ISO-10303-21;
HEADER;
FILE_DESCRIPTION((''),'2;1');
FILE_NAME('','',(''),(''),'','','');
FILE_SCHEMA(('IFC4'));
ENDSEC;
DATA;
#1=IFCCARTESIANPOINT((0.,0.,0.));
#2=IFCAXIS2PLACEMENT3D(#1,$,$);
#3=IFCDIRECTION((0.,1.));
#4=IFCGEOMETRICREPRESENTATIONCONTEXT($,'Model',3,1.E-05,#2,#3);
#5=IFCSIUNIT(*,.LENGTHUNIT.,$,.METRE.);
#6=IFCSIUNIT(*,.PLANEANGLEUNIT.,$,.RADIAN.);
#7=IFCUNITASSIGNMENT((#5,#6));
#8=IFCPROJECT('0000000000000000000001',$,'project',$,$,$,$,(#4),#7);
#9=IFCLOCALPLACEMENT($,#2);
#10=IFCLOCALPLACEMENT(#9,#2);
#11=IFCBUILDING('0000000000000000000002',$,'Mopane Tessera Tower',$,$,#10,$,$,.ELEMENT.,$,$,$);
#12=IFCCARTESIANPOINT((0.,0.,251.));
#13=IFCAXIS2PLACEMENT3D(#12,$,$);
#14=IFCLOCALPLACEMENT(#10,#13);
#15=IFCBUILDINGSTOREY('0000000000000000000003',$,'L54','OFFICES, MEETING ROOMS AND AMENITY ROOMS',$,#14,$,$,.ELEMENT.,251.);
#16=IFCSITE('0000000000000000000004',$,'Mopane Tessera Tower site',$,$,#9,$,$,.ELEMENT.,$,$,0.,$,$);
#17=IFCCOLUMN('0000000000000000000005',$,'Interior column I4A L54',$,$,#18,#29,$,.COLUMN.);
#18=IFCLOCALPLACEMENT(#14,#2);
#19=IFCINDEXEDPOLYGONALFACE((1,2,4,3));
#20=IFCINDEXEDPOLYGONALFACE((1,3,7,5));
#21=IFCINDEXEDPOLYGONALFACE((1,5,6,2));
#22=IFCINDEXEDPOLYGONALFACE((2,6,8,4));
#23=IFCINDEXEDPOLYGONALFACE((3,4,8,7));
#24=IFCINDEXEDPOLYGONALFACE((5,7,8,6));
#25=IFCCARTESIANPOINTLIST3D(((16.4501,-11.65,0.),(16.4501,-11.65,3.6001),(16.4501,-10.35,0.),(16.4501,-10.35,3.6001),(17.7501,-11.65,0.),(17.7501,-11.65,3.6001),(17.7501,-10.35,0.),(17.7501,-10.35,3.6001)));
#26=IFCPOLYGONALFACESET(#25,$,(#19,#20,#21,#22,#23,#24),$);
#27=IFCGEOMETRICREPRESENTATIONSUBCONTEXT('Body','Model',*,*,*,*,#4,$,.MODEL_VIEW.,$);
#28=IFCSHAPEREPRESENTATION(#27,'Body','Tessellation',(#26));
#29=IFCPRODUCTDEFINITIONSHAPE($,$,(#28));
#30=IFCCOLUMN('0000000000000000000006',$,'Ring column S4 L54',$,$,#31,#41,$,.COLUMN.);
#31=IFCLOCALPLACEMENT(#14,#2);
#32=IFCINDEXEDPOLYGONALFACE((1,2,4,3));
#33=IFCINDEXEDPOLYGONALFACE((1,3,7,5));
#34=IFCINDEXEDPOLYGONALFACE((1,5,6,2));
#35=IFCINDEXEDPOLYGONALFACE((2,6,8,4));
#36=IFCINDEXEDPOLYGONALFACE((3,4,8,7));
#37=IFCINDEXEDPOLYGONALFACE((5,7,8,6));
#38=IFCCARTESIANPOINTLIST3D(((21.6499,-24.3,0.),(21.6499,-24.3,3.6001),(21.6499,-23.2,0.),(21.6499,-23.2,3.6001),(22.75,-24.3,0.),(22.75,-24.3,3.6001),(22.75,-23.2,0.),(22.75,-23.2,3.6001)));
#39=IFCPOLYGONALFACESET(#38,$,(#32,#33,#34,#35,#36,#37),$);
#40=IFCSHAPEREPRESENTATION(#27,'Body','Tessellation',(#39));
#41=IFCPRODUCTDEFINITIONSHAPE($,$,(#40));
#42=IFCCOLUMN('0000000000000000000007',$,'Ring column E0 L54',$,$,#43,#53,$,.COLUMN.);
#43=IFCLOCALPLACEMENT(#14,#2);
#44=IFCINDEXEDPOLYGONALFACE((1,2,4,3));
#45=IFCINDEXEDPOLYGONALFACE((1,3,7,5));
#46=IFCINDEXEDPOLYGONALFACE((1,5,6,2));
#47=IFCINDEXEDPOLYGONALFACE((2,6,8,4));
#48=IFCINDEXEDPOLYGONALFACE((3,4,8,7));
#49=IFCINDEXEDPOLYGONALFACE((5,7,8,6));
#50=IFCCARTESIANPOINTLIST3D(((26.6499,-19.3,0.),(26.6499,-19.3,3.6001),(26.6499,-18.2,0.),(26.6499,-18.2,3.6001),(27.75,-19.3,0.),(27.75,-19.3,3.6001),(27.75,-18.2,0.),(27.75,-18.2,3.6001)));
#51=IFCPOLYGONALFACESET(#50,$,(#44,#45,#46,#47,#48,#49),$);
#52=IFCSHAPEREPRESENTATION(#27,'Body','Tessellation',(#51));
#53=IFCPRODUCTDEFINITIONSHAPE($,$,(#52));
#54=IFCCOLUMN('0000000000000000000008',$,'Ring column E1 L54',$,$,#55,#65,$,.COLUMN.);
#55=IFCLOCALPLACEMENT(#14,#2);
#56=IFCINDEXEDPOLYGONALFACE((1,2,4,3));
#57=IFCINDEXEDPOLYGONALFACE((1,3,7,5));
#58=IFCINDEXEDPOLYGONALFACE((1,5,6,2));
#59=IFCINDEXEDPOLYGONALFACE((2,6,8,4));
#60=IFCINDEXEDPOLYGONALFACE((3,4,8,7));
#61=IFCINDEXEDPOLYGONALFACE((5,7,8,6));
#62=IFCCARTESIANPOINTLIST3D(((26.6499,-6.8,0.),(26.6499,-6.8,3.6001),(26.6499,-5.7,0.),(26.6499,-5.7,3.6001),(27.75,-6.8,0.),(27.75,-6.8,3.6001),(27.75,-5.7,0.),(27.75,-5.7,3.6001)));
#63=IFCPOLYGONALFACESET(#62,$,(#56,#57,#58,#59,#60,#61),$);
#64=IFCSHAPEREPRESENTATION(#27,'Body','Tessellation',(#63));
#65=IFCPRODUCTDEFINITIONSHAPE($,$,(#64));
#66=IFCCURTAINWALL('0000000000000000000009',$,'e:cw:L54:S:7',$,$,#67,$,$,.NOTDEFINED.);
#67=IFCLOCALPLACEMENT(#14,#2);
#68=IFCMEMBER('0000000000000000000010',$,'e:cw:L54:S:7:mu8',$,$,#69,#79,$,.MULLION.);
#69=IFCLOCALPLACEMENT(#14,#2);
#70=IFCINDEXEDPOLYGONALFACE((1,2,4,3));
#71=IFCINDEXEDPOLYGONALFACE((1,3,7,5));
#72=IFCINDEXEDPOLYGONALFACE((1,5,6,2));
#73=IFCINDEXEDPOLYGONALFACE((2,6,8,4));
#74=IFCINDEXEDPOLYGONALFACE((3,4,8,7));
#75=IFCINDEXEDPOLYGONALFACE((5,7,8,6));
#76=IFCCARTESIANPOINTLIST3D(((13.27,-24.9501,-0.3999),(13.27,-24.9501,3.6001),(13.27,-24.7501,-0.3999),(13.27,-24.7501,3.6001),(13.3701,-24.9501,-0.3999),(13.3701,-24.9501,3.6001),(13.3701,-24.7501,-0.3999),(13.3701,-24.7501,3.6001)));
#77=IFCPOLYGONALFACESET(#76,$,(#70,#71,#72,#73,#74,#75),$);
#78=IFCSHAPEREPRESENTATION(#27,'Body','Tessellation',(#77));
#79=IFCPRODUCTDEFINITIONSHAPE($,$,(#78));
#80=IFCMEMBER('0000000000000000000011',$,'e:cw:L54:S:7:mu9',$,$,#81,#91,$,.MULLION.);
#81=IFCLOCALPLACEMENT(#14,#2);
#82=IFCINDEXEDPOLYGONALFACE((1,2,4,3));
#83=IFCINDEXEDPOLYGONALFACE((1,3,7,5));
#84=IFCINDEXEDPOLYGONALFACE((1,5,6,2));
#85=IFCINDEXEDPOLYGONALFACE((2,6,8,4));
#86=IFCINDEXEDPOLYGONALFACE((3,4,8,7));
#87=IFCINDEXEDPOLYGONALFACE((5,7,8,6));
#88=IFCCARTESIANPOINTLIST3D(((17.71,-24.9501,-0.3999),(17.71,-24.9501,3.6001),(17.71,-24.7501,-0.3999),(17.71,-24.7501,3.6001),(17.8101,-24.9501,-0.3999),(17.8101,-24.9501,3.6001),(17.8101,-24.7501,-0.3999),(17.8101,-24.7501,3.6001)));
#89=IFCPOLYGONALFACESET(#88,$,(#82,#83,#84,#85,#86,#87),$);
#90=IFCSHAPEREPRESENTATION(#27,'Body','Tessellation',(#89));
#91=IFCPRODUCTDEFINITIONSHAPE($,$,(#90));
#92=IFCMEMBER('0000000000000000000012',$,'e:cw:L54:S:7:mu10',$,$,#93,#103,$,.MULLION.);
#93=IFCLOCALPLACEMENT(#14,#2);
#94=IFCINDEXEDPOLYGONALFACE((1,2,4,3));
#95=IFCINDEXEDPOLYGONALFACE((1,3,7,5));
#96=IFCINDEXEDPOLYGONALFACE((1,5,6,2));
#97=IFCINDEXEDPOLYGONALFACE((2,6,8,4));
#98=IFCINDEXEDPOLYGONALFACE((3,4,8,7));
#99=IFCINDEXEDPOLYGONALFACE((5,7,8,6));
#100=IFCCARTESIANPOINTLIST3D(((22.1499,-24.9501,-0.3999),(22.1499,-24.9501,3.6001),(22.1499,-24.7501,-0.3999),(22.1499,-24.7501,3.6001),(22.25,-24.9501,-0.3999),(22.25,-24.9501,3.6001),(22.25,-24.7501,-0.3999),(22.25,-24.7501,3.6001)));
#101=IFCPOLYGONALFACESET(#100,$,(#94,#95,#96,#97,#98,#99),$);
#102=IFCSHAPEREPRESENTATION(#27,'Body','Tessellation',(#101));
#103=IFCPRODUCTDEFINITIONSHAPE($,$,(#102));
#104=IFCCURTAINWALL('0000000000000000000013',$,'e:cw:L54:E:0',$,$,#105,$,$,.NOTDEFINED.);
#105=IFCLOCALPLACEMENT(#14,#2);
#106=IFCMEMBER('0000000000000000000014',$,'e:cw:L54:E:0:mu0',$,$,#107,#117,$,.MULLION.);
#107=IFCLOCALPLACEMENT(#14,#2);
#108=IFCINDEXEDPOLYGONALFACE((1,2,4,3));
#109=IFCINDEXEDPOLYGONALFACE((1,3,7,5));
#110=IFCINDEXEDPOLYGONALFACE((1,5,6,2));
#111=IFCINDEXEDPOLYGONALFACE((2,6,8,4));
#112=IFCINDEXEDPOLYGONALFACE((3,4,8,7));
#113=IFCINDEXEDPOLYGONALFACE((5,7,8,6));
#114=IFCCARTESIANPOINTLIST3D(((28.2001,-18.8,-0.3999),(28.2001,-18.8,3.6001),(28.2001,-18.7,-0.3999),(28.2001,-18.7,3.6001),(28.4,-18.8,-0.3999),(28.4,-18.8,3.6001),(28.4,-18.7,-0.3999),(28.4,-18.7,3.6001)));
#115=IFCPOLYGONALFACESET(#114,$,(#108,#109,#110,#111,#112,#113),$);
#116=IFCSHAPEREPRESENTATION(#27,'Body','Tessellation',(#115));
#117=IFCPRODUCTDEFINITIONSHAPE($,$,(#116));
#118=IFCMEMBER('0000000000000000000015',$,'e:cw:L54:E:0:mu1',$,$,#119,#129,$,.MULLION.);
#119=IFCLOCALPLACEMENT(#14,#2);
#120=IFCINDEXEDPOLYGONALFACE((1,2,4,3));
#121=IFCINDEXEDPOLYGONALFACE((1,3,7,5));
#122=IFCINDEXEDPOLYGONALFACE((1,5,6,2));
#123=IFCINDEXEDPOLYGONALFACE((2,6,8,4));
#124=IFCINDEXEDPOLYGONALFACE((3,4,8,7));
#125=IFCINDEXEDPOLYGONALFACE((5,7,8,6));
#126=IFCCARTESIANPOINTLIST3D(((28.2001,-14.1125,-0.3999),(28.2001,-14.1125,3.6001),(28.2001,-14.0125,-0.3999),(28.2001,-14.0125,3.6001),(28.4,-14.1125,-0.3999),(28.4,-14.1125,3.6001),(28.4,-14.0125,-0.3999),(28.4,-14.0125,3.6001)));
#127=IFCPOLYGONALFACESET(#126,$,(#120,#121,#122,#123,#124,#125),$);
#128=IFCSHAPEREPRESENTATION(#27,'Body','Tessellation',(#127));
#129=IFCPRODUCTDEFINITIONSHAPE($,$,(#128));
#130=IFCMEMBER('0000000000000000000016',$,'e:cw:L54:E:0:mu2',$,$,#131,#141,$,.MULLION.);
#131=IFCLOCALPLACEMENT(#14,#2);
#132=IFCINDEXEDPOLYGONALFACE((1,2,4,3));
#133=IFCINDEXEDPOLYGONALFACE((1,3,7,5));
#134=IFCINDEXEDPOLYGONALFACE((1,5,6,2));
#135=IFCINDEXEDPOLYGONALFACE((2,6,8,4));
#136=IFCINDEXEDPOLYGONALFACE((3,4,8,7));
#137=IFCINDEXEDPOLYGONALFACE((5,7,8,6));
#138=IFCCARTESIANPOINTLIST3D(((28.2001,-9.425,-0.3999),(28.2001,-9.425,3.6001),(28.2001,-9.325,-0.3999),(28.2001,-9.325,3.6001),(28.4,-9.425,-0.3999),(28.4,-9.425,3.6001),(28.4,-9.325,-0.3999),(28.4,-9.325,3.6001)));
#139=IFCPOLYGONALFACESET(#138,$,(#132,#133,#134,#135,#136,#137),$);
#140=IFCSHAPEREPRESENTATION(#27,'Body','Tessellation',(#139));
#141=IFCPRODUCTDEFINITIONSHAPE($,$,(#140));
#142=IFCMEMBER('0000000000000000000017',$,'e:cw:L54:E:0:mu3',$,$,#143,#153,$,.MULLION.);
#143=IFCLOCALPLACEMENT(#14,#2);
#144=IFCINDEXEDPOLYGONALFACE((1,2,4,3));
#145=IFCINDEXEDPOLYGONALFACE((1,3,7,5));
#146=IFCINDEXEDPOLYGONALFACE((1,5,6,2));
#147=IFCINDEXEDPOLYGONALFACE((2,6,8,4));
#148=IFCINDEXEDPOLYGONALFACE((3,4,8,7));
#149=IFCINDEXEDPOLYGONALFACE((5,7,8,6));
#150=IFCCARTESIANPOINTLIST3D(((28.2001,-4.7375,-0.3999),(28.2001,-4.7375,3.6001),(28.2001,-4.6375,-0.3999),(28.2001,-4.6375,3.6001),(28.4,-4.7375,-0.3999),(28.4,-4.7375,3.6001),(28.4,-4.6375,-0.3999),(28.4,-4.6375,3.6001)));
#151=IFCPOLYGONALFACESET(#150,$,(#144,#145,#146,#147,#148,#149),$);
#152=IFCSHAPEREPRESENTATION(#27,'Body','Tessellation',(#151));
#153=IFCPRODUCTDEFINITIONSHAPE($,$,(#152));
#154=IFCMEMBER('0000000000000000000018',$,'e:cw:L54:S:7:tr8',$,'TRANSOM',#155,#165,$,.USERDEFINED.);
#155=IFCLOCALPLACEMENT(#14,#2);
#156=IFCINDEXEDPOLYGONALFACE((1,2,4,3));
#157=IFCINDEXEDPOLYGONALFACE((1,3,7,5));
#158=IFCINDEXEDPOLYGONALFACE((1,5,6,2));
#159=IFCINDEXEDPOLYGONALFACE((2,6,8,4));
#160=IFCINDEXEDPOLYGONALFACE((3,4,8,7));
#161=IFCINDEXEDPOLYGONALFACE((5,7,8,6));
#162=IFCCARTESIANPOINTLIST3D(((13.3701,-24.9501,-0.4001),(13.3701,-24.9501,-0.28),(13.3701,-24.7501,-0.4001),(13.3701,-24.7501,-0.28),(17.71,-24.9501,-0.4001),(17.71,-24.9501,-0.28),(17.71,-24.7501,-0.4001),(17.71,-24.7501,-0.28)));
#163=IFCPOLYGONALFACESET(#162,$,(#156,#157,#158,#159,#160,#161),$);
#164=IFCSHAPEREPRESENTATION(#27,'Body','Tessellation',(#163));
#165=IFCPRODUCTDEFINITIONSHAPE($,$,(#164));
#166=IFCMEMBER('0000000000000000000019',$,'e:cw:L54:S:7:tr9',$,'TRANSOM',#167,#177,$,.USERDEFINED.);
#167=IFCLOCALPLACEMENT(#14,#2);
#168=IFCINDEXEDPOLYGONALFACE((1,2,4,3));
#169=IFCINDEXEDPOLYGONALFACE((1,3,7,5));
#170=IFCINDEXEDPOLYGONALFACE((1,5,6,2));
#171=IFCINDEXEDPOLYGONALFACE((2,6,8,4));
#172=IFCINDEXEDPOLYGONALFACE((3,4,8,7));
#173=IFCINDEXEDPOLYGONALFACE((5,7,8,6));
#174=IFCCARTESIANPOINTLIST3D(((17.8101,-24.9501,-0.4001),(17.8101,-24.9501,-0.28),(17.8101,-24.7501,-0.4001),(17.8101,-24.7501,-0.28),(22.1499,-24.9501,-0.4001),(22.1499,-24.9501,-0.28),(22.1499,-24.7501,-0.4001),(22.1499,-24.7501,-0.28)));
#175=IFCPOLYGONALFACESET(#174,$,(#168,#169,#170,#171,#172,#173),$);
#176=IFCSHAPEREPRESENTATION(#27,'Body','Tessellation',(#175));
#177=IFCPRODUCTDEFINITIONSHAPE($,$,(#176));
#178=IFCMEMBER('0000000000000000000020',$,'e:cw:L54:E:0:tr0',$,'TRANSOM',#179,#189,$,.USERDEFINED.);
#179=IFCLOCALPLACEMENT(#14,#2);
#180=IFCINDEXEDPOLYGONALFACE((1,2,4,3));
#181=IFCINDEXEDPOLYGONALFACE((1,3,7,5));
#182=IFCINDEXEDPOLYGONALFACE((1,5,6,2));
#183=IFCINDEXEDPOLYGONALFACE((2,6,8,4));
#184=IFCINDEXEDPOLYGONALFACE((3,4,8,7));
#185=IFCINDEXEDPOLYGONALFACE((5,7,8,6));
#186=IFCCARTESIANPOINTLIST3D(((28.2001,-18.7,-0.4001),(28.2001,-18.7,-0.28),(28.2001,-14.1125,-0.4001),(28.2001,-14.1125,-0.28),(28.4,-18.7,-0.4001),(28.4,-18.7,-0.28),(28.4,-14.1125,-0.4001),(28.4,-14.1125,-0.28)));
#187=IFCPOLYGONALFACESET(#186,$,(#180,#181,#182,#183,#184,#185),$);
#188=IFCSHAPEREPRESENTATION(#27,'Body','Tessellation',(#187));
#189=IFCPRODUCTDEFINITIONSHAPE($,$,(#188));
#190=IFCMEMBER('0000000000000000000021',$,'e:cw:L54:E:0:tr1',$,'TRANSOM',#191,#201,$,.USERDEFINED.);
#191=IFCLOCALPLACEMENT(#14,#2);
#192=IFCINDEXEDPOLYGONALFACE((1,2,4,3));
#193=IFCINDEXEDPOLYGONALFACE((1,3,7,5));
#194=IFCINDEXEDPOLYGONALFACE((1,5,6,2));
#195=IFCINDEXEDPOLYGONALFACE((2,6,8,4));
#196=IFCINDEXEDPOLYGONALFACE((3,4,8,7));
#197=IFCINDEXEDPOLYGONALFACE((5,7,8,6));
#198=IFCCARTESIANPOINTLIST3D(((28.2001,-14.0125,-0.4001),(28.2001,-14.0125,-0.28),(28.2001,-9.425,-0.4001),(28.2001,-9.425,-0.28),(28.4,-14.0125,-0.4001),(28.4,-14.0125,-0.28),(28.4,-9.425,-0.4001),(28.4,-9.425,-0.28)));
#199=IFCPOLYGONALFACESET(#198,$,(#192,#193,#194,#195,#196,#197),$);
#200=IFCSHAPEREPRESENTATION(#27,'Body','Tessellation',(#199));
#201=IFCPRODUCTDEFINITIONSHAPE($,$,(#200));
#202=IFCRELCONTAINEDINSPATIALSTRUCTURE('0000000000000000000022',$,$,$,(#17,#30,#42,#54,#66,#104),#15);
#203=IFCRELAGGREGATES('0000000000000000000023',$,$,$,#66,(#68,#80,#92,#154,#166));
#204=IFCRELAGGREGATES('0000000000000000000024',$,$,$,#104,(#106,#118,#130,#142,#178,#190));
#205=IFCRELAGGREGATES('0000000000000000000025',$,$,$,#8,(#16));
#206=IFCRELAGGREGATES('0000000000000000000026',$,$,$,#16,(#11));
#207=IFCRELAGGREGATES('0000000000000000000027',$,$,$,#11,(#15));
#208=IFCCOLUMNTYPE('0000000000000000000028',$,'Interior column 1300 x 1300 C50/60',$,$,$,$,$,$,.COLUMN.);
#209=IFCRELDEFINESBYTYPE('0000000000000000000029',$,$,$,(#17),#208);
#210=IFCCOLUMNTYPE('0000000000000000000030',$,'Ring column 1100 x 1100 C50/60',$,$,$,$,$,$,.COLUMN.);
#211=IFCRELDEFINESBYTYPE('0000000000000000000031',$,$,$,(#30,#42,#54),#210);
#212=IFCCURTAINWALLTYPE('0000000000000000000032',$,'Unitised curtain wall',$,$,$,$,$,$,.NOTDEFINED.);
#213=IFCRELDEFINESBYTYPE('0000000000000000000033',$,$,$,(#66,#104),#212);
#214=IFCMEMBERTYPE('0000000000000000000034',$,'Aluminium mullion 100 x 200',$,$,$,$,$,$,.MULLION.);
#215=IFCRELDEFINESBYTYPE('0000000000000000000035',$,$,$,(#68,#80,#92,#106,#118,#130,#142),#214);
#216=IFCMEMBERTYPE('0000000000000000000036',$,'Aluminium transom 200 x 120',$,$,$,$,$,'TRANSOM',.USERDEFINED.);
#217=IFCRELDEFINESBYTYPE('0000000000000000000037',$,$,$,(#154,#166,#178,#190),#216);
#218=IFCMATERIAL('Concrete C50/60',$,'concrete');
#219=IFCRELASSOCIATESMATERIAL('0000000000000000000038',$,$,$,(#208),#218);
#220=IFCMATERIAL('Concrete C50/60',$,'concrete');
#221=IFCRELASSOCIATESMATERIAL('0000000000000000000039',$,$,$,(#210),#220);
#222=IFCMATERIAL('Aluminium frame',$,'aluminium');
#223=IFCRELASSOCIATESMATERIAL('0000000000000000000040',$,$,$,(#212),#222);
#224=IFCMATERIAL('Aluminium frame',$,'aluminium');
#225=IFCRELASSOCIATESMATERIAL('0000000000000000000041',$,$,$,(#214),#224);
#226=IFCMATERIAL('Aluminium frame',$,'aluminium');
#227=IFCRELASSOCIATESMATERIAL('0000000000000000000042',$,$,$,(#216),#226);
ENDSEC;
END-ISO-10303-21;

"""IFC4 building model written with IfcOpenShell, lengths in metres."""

from ifc_helpers import new_model, si_unit, direction, frame, origin, origin_2d, place, context, subcontext, project, spatial, rectangle, extrude, material, material_profile, profile_set, type_object, element, aggregate, save


model = new_model("IFC4")

# Units and contexts
model_context = context("Model", 3, precision=1e-05, world=origin(), true_north=direction((0.0, 1.0)))
body_context = subcontext(model_context, "Body", "Model", "MODEL_VIEW")
ifc_project = project(units=[si_unit("LENGTHUNIT", "METRE"), si_unit("PLANEANGLEUNIT", "RADIAN")], contexts=[model_context])

# Site, building, storey
site_placement = place(None, origin())
site = spatial("IfcSite", under=ifc_project, at=site_placement, Name="Mopane Tessera Tower site", CompositionType="ELEMENT", RefElevation=0.0)
building_placement = place(site_placement, origin())
building = spatial("IfcBuilding", under=site, at=building_placement, Name="Mopane Tessera Tower", CompositionType="ELEMENT")
storey_placement = place(building_placement, frame((0.0, 0.0, 251.0)))
storey = spatial("IfcBuildingStorey", under=building, at=storey_placement, Name="L54", Description="OFFICES, MEETING ROOMS AND AMENITY ROOMS", CompositionType="ELEMENT", Elevation=251.0)

# Columns
ifc_material_1 = material(Name="Concrete C50/60", Category="concrete")
ifc_material_profile_1 = material_profile(ifc_material_1, rectangle(XDim=1.3, YDim=1.3, at=origin_2d()))
ifc_profile_set_1 = profile_set([ifc_material_profile_1], Name="Concrete C50/60")
column_type_1 = type_object("IfcColumnType", Name="Interior column 1300 x 1300 C50/60", PredefinedType="COLUMN", material=ifc_profile_set_1)
column_placement = place(storey_placement, frame((17.1001, -11.0, 0.0), z_axis=(0.0, 0.0, 1.0), x_axis=(1.0, 0.0, 0.0)))
element("IfcColumn", 1, at=column_placement, inside=storey, type_object=column_type_1, Name="Interior column I4A L54", PredefinedType="COLUMN", context=body_context, shape_type="SweptSolid", body=[
    extrude(rectangle(XDim=1.3, YDim=1.3, at=origin_2d()), origin(), (0.0, 0.0, 1.0), 3.6001),
])
ifc_material_2 = material(Name="Concrete C50/60", Category="concrete")
ifc_material_profile_2 = material_profile(ifc_material_2, rectangle(XDim=1.1001, YDim=1.1001, at=origin_2d()))
ifc_profile_set_2 = profile_set([ifc_material_profile_2], Name="Concrete C50/60")
column_type_2 = type_object("IfcColumnType", Name="Ring column 1100 x 1100 C50/60", PredefinedType="COLUMN", material=ifc_profile_set_2)
for number, where, z_axis, x_axis, name in (
    (2, (22.2, -23.75, 0.0), (0.0, 0.0, 1.0), (1.0, 0.0, 0.0), "Ring column S4 L54"),
    (3, (27.2, -18.75, 0.0), (0.0, 0.0, 1.0), (1.0, 0.0, 0.0), "Ring column E0 L54"),
    (4, (27.2, -6.25, 0.0), (0.0, 0.0, 1.0), (1.0, 0.0, 0.0), "Ring column E1 L54"),
):
    element("IfcColumn", number, at=place(storey_placement, frame(where, z_axis=z_axis, x_axis=x_axis)), inside=storey, type_object=column_type_2, Name=name, PredefinedType="COLUMN", context=body_context, shape_type="SweptSolid", body=[
        extrude(rectangle(XDim=1.1001, YDim=1.1001, at=origin_2d()), origin(), (0.0, 0.0, 1.0), 3.6001),
    ])

# Curtain walls, members
ifc_material_3 = material(Name="Aluminium frame", Category="aluminium")
curtain_wall_type = type_object("IfcCurtainWallType", Name="Unitised curtain wall", PredefinedType="NOTDEFINED", material=ifc_material_3)
curtain_wall_1_placement = place(storey_placement, origin())
curtain_wall_1 = element("IfcCurtainWall", 5, at=curtain_wall_1_placement, inside=storey, type_object=curtain_wall_type, Name="e:cw:L54:S:7", PredefinedType="NOTDEFINED")
ifc_material_4 = material(Name="Aluminium frame", Category="aluminium")
ifc_material_profile_3 = material_profile(ifc_material_4, rectangle(XDim=0.1001, YDim=0.2, at=origin_2d()))
ifc_profile_set_3 = profile_set([ifc_material_profile_3], Name="Aluminium frame")
member_type_1 = type_object("IfcMemberType", Name="Aluminium mullion 100 x 200", PredefinedType="MULLION", material=ifc_profile_set_3)
member_1_placement = place(storey_placement, frame((13.3201, -24.8501, -0.3999), z_axis=(0.0, 0.0, 1.0), x_axis=(1.0, 0.0, 0.0)))
member_1 = element("IfcMember", 6, at=member_1_placement, type_object=member_type_1, Name="e:cw:L54:S:7:mu8", PredefinedType="MULLION", context=body_context, shape_type="SweptSolid", body=[
    extrude(rectangle(XDim=0.1001, YDim=0.2, at=origin_2d()), origin(), (0.0, 0.0, 1.0), 4.0),
])
member_2_placement = place(storey_placement, frame((17.76, -24.8501, -0.3999), z_axis=(0.0, 0.0, 1.0), x_axis=(1.0, 0.0, 0.0)))
member_2 = element("IfcMember", 7, at=member_2_placement, type_object=member_type_1, Name="e:cw:L54:S:7:mu9", PredefinedType="MULLION", context=body_context, shape_type="SweptSolid", body=[
    extrude(rectangle(XDim=0.1001, YDim=0.2, at=origin_2d()), origin(), (0.0, 0.0, 1.0), 4.0),
])
member_3_placement = place(storey_placement, frame((22.2, -24.8501, -0.3999), z_axis=(0.0, 0.0, 1.0), x_axis=(1.0, 0.0, 0.0)))
member_3 = element("IfcMember", 8, at=member_3_placement, type_object=member_type_1, Name="e:cw:L54:S:7:mu10", PredefinedType="MULLION", context=body_context, shape_type="SweptSolid", body=[
    extrude(rectangle(XDim=0.1001, YDim=0.2, at=origin_2d()), origin(), (0.0, 0.0, 1.0), 4.0),
])
curtain_wall_2_placement = place(storey_placement, origin())
curtain_wall_2 = element("IfcCurtainWall", 9, at=curtain_wall_2_placement, inside=storey, type_object=curtain_wall_type, Name="e:cw:L54:E:0", PredefinedType="NOTDEFINED")
member_4_placement = place(storey_placement, frame((28.3, -18.75, -0.3999), z_axis=(0.0, 0.0, 1.0), x_axis=(0.0, 1.0, 0.0)))
member_4 = element("IfcMember", 10, at=member_4_placement, type_object=member_type_1, Name="e:cw:L54:E:0:mu0", PredefinedType="MULLION", context=body_context, shape_type="SweptSolid", body=[
    extrude(rectangle(XDim=0.1001, YDim=0.2, at=origin_2d()), origin(), (0.0, 0.0, 1.0), 4.0),
])
member_5_placement = place(storey_placement, frame((28.3, -14.0625, -0.3999), z_axis=(0.0, 0.0, 1.0), x_axis=(0.0, 1.0, 0.0)))
member_5 = element("IfcMember", 11, at=member_5_placement, type_object=member_type_1, Name="e:cw:L54:E:0:mu1", PredefinedType="MULLION", context=body_context, shape_type="SweptSolid", body=[
    extrude(rectangle(XDim=0.1001, YDim=0.2, at=origin_2d()), origin(), (0.0, 0.0, 1.0), 4.0),
])
member_6_placement = place(storey_placement, frame((28.3, -9.375, -0.3999), z_axis=(0.0, 0.0, 1.0), x_axis=(0.0, 1.0, 0.0)))
member_6 = element("IfcMember", 12, at=member_6_placement, type_object=member_type_1, Name="e:cw:L54:E:0:mu2", PredefinedType="MULLION", context=body_context, shape_type="SweptSolid", body=[
    extrude(rectangle(XDim=0.1001, YDim=0.2, at=origin_2d()), origin(), (0.0, 0.0, 1.0), 4.0),
])
member_7_placement = place(storey_placement, frame((28.3, -4.6875, -0.3999), z_axis=(0.0, 0.0, 1.0), x_axis=(0.0, 1.0, 0.0)))
member_7 = element("IfcMember", 13, at=member_7_placement, type_object=member_type_1, Name="e:cw:L54:E:0:mu3", PredefinedType="MULLION", context=body_context, shape_type="SweptSolid", body=[
    extrude(rectangle(XDim=0.1001, YDim=0.2, at=origin_2d()), origin(), (0.0, 0.0, 1.0), 4.0),
])

# Members
ifc_material_5 = material(Name="Aluminium frame", Category="aluminium")
ifc_material_profile_4 = material_profile(ifc_material_5, rectangle(XDim=0.2, YDim=0.1201, at=origin_2d()))
ifc_profile_set_4 = profile_set([ifc_material_profile_4], Name="Aluminium frame")
member_type_2 = type_object("IfcMemberType", Name="Aluminium transom 200 x 120", ElementType="TRANSOM", PredefinedType="USERDEFINED", material=ifc_profile_set_4)
member_8_placement = place(storey_placement, frame((13.3701, -24.8501, -0.3401), z_axis=(1.0, 0.0, 0.0), x_axis=(0.0, 1.0, 0.0)))
member_8 = element("IfcMember", 14, at=member_8_placement, type_object=member_type_2, Name="e:cw:L54:S:7:tr8", ObjectType="TRANSOM", PredefinedType="USERDEFINED", context=body_context, shape_type="SweptSolid", body=[
    extrude(rectangle(XDim=0.2, YDim=0.1201, at=origin_2d()), origin(), (0.0, 0.0, 1.0), 4.3398),
])
member_9_placement = place(storey_placement, frame((17.8101, -24.8501, -0.3401), z_axis=(1.0, 0.0, 0.0), x_axis=(0.0, 1.0, 0.0)))
member_9 = element("IfcMember", 15, at=member_9_placement, type_object=member_type_2, Name="e:cw:L54:S:7:tr9", ObjectType="TRANSOM", PredefinedType="USERDEFINED", context=body_context, shape_type="SweptSolid", body=[
    extrude(rectangle(XDim=0.2, YDim=0.1201, at=origin_2d()), origin(), (0.0, 0.0, 1.0), 4.3398),
])
member_10_placement = place(storey_placement, frame((28.3, -18.7, -0.3401), z_axis=(0.0, 1.0, 0.0), x_axis=(-1.0, 0.0, 0.0)))
member_10 = element("IfcMember", 16, at=member_10_placement, type_object=member_type_2, Name="e:cw:L54:E:0:tr0", ObjectType="TRANSOM", PredefinedType="USERDEFINED", context=body_context, shape_type="SweptSolid", body=[
    extrude(rectangle(XDim=0.2, YDim=0.1201, at=origin_2d()), origin(), (0.0, 0.0, 1.0), 4.5874),
])
member_11_placement = place(storey_placement, frame((28.3, -14.0125, -0.3401), z_axis=(0.0, 1.0, 0.0), x_axis=(-1.0, 0.0, 0.0)))
member_11 = element("IfcMember", 17, at=member_11_placement, type_object=member_type_2, Name="e:cw:L54:E:0:tr1", ObjectType="TRANSOM", PredefinedType="USERDEFINED", context=body_context, shape_type="SweptSolid", body=[
    extrude(rectangle(XDim=0.2, YDim=0.1201, at=origin_2d()), origin(), (0.0, 0.0, 1.0), 4.5874),
])

aggregate(curtain_wall_1, [member_1, member_2, member_3, member_8, member_9])
aggregate(curtain_wall_2, [member_4, member_5, member_6, member_7, member_10, member_11])

save(model, "model.ifc")
